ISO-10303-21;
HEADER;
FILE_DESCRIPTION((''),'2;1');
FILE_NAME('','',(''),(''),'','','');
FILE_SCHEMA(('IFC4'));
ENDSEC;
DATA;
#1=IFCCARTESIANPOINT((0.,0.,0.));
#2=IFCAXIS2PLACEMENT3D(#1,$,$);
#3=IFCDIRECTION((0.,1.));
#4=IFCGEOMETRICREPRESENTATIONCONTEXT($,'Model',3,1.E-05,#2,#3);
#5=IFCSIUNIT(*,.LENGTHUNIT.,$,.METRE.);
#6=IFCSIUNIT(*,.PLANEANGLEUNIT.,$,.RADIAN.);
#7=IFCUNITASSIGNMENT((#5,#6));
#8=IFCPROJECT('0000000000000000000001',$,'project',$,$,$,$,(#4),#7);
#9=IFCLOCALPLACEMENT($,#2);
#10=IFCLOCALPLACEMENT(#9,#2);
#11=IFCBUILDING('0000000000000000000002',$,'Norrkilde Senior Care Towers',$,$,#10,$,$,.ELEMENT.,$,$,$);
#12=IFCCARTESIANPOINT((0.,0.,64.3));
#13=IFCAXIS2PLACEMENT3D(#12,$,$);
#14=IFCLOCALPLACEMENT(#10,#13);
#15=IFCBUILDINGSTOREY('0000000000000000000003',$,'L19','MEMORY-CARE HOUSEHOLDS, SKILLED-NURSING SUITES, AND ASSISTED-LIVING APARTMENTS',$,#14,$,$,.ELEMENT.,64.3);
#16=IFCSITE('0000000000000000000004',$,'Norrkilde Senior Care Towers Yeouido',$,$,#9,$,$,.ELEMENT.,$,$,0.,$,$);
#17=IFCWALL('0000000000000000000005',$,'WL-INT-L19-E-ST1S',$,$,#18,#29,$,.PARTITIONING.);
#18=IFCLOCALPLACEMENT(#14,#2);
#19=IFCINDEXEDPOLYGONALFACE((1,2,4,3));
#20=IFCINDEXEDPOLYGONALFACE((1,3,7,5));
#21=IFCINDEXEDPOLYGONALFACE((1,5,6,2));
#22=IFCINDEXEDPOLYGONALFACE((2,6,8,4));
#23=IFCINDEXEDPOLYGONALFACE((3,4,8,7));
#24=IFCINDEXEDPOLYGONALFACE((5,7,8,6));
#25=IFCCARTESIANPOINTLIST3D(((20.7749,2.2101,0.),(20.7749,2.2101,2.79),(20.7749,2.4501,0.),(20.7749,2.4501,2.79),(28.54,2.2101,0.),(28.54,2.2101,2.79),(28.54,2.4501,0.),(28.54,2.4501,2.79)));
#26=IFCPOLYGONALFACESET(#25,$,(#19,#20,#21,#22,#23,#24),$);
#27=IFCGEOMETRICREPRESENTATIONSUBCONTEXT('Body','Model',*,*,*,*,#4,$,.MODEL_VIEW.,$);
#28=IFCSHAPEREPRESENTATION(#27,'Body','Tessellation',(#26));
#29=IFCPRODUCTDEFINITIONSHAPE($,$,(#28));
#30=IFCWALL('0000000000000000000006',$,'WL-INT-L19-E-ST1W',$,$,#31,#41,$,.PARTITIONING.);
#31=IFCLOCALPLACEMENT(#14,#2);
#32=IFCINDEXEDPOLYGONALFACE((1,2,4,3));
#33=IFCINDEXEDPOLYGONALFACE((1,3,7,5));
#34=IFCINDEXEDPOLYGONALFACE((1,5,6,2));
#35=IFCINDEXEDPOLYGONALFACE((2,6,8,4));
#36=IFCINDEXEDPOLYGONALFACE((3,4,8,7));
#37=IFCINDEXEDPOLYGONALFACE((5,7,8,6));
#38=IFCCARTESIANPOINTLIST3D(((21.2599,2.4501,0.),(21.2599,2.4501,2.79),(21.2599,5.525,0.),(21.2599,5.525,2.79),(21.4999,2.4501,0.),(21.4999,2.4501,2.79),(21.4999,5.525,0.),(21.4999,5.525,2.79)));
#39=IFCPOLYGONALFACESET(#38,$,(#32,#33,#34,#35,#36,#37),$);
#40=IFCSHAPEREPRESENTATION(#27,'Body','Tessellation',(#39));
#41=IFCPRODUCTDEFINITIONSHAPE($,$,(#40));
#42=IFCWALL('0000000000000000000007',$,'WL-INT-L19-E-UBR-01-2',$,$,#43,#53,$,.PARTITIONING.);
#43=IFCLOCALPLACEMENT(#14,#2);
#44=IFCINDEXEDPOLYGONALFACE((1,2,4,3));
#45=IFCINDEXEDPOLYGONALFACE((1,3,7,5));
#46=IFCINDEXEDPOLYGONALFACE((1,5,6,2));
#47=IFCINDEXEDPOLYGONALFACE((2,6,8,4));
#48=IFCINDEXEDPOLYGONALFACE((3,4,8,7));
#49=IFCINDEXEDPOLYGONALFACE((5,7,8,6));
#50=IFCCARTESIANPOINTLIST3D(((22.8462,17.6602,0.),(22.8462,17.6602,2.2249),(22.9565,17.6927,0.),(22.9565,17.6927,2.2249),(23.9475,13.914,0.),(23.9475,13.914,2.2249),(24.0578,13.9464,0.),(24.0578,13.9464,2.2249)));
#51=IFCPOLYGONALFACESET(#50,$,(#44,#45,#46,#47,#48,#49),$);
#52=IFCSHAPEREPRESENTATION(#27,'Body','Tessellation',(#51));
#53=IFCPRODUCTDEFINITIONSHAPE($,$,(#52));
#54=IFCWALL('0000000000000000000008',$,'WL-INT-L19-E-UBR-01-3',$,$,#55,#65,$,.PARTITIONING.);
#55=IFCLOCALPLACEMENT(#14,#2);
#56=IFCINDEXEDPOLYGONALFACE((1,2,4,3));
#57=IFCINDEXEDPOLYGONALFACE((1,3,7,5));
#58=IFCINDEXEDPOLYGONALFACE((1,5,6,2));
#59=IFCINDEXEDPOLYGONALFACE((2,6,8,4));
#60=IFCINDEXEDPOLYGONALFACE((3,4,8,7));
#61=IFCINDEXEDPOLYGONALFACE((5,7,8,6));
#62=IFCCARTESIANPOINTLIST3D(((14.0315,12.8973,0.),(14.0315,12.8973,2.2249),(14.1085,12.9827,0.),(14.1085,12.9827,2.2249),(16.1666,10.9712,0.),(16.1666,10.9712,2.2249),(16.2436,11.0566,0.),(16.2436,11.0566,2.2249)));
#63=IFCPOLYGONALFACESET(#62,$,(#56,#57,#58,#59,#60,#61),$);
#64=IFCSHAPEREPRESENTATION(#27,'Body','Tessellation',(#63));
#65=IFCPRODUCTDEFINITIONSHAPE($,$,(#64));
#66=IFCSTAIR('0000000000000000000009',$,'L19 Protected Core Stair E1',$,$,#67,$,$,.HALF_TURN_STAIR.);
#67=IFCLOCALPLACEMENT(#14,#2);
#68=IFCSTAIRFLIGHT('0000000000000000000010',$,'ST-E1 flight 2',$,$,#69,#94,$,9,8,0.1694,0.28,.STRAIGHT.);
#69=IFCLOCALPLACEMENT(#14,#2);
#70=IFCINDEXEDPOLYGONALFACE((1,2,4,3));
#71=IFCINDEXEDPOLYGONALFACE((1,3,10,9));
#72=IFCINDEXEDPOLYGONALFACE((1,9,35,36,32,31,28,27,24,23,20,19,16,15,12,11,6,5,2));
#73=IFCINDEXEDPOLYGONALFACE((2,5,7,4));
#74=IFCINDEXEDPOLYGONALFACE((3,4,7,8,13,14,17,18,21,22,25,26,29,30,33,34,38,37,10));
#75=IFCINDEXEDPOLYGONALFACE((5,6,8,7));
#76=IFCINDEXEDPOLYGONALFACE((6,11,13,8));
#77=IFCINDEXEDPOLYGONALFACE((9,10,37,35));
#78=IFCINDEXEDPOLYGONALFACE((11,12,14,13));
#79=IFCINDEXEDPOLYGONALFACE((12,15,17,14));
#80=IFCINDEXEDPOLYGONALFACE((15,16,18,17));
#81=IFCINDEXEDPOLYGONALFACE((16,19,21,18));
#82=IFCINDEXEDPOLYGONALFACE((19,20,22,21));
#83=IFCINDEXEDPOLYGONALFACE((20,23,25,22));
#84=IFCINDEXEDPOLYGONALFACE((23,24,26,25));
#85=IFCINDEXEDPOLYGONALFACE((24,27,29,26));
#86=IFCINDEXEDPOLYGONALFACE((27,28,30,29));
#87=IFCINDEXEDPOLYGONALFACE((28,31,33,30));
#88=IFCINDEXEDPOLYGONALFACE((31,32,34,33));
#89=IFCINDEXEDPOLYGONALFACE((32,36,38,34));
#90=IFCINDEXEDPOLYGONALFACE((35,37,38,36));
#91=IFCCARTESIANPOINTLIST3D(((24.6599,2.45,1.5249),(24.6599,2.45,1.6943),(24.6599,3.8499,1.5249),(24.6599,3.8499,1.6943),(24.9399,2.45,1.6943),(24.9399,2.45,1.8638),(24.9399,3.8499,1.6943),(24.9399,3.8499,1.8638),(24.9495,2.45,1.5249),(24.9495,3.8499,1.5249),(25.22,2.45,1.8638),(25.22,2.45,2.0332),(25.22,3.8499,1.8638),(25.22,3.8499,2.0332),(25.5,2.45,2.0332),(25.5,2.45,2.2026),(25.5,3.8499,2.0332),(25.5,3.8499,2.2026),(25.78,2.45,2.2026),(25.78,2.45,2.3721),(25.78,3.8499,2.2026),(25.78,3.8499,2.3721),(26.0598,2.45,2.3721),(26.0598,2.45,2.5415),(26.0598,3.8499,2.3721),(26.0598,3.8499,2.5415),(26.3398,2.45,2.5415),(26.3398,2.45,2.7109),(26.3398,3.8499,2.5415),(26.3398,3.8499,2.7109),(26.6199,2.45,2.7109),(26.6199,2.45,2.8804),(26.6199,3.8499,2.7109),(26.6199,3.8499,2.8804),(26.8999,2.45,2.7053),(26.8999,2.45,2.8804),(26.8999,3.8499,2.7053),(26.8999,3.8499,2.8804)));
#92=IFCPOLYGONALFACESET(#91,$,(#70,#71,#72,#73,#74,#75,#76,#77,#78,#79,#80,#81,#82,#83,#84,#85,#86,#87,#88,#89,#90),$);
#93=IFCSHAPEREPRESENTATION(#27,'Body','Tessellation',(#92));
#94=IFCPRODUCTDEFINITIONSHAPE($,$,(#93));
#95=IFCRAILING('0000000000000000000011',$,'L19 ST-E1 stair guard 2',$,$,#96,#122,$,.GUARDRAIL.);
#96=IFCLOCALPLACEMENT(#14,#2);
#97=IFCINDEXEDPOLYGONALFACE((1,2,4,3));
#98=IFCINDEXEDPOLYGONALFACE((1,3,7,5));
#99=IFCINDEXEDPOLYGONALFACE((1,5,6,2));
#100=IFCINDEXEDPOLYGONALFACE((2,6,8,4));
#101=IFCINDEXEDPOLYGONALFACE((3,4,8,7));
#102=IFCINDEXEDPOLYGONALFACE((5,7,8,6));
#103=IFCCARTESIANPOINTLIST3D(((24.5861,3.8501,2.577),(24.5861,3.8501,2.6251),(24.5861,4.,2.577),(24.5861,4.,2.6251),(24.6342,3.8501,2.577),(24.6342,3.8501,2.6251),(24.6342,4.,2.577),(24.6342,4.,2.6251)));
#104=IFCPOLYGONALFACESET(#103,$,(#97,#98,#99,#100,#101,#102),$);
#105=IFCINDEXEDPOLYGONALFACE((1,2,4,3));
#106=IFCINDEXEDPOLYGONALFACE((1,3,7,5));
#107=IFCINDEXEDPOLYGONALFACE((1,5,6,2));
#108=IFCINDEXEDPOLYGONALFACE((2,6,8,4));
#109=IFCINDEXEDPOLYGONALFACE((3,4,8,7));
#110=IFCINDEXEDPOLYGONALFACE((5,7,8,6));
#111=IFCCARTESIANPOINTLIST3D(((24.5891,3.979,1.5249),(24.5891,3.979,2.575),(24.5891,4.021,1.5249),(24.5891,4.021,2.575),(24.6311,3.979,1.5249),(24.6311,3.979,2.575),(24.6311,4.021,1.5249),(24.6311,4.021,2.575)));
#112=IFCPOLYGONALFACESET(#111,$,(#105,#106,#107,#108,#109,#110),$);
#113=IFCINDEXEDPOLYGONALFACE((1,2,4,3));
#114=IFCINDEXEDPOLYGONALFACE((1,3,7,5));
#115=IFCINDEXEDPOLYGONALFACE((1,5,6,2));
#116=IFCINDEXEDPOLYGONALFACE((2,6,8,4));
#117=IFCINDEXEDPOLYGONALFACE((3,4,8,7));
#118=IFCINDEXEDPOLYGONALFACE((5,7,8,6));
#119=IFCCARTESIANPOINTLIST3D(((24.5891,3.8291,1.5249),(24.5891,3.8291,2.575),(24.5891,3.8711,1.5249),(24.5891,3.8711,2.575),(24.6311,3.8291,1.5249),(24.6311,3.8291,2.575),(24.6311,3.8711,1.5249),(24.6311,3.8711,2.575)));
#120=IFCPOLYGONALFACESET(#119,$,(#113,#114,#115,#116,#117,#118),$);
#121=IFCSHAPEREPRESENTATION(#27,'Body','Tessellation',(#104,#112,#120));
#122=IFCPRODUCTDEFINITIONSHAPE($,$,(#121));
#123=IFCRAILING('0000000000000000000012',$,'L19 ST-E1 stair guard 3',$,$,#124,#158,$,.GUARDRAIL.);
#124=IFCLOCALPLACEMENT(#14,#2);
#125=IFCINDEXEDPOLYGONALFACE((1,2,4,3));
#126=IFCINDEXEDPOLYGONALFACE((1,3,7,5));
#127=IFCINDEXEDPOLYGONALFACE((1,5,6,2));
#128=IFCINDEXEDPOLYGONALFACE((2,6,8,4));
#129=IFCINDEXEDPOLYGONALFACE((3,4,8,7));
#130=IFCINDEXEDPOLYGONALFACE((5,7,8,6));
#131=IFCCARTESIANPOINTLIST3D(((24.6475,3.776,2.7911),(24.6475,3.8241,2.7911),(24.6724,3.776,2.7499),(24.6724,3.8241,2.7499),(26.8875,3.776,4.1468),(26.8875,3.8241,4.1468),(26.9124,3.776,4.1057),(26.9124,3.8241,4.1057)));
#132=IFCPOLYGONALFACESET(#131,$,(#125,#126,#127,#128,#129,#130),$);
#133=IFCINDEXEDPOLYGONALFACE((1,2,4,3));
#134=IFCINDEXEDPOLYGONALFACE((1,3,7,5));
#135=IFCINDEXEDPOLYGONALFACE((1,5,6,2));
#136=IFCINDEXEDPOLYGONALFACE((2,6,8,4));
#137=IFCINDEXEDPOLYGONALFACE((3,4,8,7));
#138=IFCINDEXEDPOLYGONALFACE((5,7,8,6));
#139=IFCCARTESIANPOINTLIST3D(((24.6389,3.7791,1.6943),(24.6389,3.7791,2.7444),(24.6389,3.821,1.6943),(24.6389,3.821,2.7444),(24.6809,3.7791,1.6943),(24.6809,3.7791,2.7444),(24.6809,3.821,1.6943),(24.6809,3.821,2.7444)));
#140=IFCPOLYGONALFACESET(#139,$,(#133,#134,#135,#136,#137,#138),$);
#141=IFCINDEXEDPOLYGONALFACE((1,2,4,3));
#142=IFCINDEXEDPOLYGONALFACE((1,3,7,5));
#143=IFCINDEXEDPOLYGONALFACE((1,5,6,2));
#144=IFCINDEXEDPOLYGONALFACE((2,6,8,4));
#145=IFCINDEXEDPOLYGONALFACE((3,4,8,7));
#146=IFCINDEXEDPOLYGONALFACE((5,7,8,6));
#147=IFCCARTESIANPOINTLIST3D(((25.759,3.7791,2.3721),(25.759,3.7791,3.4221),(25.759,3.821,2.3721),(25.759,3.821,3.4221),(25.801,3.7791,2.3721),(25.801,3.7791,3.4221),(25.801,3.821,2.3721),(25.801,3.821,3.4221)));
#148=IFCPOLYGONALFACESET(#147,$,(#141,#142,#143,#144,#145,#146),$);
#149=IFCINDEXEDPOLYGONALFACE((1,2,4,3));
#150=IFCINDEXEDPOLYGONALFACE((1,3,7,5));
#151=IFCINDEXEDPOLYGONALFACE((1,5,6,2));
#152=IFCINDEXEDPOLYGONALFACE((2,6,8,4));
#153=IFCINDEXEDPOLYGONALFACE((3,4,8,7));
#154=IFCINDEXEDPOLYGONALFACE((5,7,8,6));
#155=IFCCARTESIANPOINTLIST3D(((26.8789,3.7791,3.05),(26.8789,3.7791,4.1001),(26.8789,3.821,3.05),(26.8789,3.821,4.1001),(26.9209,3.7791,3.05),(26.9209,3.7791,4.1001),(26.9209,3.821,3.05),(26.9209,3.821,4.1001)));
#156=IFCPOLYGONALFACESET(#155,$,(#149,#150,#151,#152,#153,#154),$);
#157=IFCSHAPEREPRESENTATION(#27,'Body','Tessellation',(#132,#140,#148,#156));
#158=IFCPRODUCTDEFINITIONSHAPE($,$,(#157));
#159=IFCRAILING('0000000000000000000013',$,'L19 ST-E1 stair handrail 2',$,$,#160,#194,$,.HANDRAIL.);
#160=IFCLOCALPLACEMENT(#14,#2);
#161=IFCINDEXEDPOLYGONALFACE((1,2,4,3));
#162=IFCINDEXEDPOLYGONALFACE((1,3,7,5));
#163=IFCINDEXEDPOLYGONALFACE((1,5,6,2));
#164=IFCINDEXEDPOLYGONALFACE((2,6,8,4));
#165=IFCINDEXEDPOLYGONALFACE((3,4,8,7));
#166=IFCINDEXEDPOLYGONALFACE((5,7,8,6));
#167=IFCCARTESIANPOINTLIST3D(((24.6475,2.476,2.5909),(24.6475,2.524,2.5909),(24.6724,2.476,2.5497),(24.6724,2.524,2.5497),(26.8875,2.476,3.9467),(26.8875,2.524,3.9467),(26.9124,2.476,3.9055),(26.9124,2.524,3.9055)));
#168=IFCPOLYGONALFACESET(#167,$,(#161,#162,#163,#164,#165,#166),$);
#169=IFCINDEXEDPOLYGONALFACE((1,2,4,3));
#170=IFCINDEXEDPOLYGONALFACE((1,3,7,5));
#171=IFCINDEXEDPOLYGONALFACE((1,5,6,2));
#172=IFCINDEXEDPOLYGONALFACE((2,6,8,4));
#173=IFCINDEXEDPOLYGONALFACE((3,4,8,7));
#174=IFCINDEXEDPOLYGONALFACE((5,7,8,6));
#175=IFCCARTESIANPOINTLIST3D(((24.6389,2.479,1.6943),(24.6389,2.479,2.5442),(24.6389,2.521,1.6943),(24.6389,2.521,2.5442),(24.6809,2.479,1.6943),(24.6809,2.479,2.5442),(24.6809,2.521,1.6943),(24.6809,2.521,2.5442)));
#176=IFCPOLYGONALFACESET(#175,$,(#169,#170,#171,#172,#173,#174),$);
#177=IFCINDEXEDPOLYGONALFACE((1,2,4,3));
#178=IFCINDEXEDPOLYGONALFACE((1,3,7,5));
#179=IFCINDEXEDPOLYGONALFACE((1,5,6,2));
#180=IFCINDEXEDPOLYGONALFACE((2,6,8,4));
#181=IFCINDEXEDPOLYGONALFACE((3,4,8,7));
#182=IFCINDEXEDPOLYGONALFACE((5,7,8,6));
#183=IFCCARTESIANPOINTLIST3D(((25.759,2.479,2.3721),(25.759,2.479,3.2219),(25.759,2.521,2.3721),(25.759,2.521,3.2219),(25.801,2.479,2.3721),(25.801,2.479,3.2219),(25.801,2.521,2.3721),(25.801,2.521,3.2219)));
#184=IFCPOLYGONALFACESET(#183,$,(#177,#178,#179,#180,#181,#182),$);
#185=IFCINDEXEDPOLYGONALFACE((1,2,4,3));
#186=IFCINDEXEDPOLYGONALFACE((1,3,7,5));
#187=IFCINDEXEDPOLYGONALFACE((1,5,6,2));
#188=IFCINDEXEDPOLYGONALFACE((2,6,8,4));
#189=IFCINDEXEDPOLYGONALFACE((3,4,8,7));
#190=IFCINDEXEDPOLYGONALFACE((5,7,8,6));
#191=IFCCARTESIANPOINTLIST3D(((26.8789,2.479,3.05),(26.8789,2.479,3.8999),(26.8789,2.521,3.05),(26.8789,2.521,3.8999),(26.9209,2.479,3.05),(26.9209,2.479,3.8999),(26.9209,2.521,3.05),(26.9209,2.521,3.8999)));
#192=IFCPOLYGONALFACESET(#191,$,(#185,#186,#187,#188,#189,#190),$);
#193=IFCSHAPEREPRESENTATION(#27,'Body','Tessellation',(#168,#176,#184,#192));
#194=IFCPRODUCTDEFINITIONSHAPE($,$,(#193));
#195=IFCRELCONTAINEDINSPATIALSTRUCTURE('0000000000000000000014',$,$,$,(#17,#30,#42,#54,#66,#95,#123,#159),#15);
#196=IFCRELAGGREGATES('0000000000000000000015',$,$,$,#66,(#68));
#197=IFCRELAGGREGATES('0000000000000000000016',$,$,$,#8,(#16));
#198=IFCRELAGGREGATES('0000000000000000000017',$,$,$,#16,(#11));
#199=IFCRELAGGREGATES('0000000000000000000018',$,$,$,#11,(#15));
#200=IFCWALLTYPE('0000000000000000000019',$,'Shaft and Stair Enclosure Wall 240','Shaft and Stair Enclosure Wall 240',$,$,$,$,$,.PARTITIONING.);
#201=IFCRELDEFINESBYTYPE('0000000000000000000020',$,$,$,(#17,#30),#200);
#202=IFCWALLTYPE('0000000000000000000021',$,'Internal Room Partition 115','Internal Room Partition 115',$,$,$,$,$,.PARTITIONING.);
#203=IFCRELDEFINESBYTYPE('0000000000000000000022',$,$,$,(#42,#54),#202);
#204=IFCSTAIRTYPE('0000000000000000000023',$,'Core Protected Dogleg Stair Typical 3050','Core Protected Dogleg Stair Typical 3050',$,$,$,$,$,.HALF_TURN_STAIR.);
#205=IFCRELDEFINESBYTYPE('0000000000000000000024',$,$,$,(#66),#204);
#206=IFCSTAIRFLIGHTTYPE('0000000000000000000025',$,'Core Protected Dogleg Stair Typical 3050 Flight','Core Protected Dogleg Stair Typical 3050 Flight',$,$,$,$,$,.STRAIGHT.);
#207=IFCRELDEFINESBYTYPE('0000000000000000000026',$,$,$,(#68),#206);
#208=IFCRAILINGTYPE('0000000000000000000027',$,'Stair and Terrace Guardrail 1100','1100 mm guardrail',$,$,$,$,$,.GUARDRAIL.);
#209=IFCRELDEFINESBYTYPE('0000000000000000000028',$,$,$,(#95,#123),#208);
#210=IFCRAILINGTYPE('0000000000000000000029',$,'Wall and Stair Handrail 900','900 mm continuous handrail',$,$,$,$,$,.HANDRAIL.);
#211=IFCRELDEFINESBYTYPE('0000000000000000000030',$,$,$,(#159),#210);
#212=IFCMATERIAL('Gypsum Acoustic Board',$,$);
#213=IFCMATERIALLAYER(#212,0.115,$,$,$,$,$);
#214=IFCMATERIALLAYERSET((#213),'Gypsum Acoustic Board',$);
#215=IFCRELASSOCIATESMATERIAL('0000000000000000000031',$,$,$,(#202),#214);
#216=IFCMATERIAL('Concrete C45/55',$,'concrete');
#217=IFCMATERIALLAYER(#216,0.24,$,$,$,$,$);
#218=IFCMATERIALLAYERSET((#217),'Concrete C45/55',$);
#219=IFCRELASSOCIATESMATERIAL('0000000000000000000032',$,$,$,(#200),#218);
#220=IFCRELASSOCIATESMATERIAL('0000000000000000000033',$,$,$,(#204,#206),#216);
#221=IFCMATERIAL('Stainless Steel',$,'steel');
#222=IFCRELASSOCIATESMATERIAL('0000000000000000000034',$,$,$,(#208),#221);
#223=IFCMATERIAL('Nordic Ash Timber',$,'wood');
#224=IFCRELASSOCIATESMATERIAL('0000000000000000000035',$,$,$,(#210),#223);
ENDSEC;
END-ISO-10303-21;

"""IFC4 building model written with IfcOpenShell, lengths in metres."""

from ifc_helpers import new_model, si_unit, direction, frame, frame_2d, origin, origin_2d, place, context, subcontext, project, spatial, polyline, rectangle, outline, extrude, source, transform, mapped, material, layer, layer_set, type_object, type_shapes, element, aggregate, save


model = new_model("IFC4")

# Units and contexts
model_context = context("Model", 3, precision=1e-05, world=origin(), true_north=direction((0.0, 1.0)))
body_context = subcontext(model_context, "Body", "Model", "MODEL_VIEW")
ifc_project = project(units=[si_unit("LENGTHUNIT", "METRE"), si_unit("PLANEANGLEUNIT", "RADIAN")], contexts=[model_context])

# Site, building, storey
site_placement = place(None, origin())
site = spatial("IfcSite", under=ifc_project, at=site_placement, Name="Norrkilde Senior Care Towers Yeouido", CompositionType="ELEMENT", RefElevation=0.0)
building_placement = place(site_placement, origin())
building = spatial("IfcBuilding", under=site, at=building_placement, Name="Norrkilde Senior Care Towers", CompositionType="ELEMENT")
storey_placement = place(building_placement, frame((0.0, 0.0, 64.3)))
storey = spatial("IfcBuildingStorey", under=building, at=storey_placement, Name="L19", Description="MEMORY-CARE HOUSEHOLDS, SKILLED-NURSING SUITES, AND ASSISTED-LIVING APARTMENTS", CompositionType="ELEMENT", Elevation=64.3)

# Shared definitions
ifc_material_1 = material(Name="Gypsum Acoustic Board")
ifc_material_2 = material(Name="Nordic Ash Timber", Category="wood")

# Shared definitions
ifc_layer_1 = layer(ifc_material_1, 0.115)
ifc_layer_set_1 = layer_set([ifc_layer_1], Name="Gypsum Acoustic Board")
wall_type_1 = type_object("IfcWallType", Name="Internal Room Partition 115", Description="Internal Room Partition 115", PredefinedType="PARTITIONING", material=ifc_layer_set_1)

# Walls
ifc_material_3 = material(Name="Concrete C45/55", Category="concrete")
ifc_layer_2 = layer(ifc_material_3, 0.24)
ifc_layer_set_2 = layer_set([ifc_layer_2], Name="Concrete C45/55")
wall_type_2 = type_object("IfcWallType", Name="Shaft and Stair Enclosure Wall 240", Description="Shaft and Stair Enclosure Wall 240", PredefinedType="PARTITIONING", material=ifc_layer_set_2)
shared_shape_1 = source(origin(), body_context, "Body", "SweptSolid", [
    extrude(rectangle(XDim=7.7651, YDim=0.24, at=frame_2d((3.8826, 0.0))), origin(), (0.0, 0.0, 1.0), 2.79),
])
wall_1_placement = place(storey_placement, frame((20.7749, 2.3301, 0.0), z_axis=(0.0, 0.0, 1.0), x_axis=(1.0, 0.0, 0.0)))
element("IfcWall", 1, at=wall_1_placement, inside=storey, type_object=wall_type_2, Name="WL-INT-L19-E-ST1S", PredefinedType="PARTITIONING", context=body_context, shape_type="MappedRepresentation", body=[
    mapped(shared_shape_1, transform((0.0, 0.0, 0.0), x_axis=(1.0, 0.0, 0.0), y_axis=(0.0, 1.0, 0.0), z_axis=(0.0, 0.0, 1.0), scale=1.0)),
])
shared_shape_2 = source(origin(), body_context, "Body", "SweptSolid", [
    extrude(rectangle(XDim=3.075, YDim=0.24, at=frame_2d((1.5376, 0.0))), origin(), (0.0, 0.0, 1.0), 2.79),
])
type_shapes(wall_type_2, [shared_shape_1, shared_shape_2])
wall_2_placement = place(storey_placement, frame((21.3799, 2.45, 0.0), z_axis=(0.0, 0.0, 1.0), x_axis=(0.0, 1.0, 0.0)))
element("IfcWall", 2, at=wall_2_placement, inside=storey, type_object=wall_type_2, Name="WL-INT-L19-E-ST1W", PredefinedType="PARTITIONING", context=body_context, shape_type="MappedRepresentation", body=[
    mapped(shared_shape_2, transform((0.0, 0.0, 0.0), x_axis=(1.0, 0.0, 0.0), y_axis=(0.0, 1.0, 0.0), z_axis=(0.0, 0.0, 1.0), scale=1.0)),
])
shared_shape_3 = source(origin(), body_context, "Body", "SweptSolid", [
    extrude(rectangle(XDim=3.9048, YDim=0.115, at=frame_2d((1.9524, 0.0))), origin(), (0.0, 0.0, 1.0), 2.2249),
])
wall_3_placement = place(storey_placement, frame((24.0027, 13.9302, 0.0), z_axis=(0.0, 0.0, 1.0), x_axis=(-0.282038, 0.959403, 0.0)))
element("IfcWall", 3, at=wall_3_placement, inside=storey, type_object=wall_type_1, Name="WL-INT-L19-E-UBR-01-2", PredefinedType="PARTITIONING", context=body_context, shape_type="MappedRepresentation", body=[
    mapped(shared_shape_3, transform((0.0, 0.0, 0.0), x_axis=(1.0, 0.0, 0.0), y_axis=(0.0, 1.0, 0.0), z_axis=(0.0, 0.0, 1.0), scale=1.0)),
])
shared_shape_4 = source(origin(), body_context, "Body", "SweptSolid", [
    extrude(rectangle(XDim=2.8755, YDim=0.115, at=frame_2d((1.4377, 0.0))), origin(), (0.0, 0.0, 1.0), 2.2249),
])
wall_4_placement = place(storey_placement, frame((16.2051, 11.0139, 0.0), z_axis=(0.0, 0.0, 1.0), x_axis=(-0.742513, 0.669832, 0.0)))
element("IfcWall", 4, at=wall_4_placement, inside=storey, type_object=wall_type_1, Name="WL-INT-L19-E-UBR-01-3", PredefinedType="PARTITIONING", context=body_context, shape_type="MappedRepresentation", body=[
    mapped(shared_shape_4, transform((0.0, 0.0, 0.0), x_axis=(1.0, 0.0, 0.0), y_axis=(0.0, 1.0, 0.0), z_axis=(0.0, 0.0, 1.0), scale=1.0)),
])

# Stair, stair flight
stair_type = type_object("IfcStairType", Name="Core Protected Dogleg Stair Typical 3050", Description="Core Protected Dogleg Stair Typical 3050", PredefinedType="HALF_TURN_STAIR", material=ifc_material_3)
stair_placement = place(storey_placement, origin())
stair = element("IfcStair", 5, at=stair_placement, inside=storey, type_object=stair_type, Name="L19 Protected Core Stair E1", PredefinedType="HALF_TURN_STAIR")
stair_flight_type = type_object("IfcStairFlightType", Name="Core Protected Dogleg Stair Typical 3050 Flight", Description="Core Protected Dogleg Stair Typical 3050 Flight", PredefinedType="STRAIGHT", material=ifc_material_3)
stair_flight_placement = place(storey_placement, frame((24.6599, 3.1499, 1.5249), z_axis=(0.0, 0.0, 1.0), x_axis=(1.0, 0.0, 0.0)))
stair_flight = element("IfcStairFlight", 6, at=stair_flight_placement, type_object=stair_flight_type, Name="ST-E1 flight 2", NumberOfRisers=9, NumberOfTreads=8, PredefinedType="STRAIGHT", RiserHeight=0.1694, TreadLength=0.28, context=body_context, shape_type="SweptSolid", body=[
    extrude(outline(polyline([(0.0, 0.0), (0.0, 0.1694), (0.28, 0.1694), (0.28, 0.3389), (0.5601, 0.3389), (0.5601, 0.5083), (0.8401, 0.5083), (0.8401, 0.6777), (1.1201, 0.6777), (1.1201, 0.8472), (1.3999, 0.8472), (1.3999, 1.0166), (1.6799, 1.0166), (1.6799, 1.186), (1.96, 1.186), (1.96, 1.3555), (2.24, 1.3555), (2.24, 1.5249), (2.24, 1.1804), (0.2896, 0.0), (0.0, 0.0)])), frame((0.0, 0.7, 0.0), z_axis=(0.0, -1.0, 0.0), x_axis=(1.0, 0.0, 0.0)), (0.0, 0.0, 1.0), 1.3999),
])
aggregate(stair, [stair_flight])

# Railings
ifc_material_4 = material(Name="Stainless Steel", Category="steel")
railing_type_1 = type_object("IfcRailingType", Name="Stair and Terrace Guardrail 1100", Description="1100 mm guardrail", PredefinedType="GUARDRAIL", material=ifc_material_4)
railing_1_placement = place(storey_placement, frame((24.6101, 4.0, 1.5249)))
element("IfcRailing", 7, at=railing_1_placement, inside=storey, type_object=railing_type_1, Name="L19 ST-E1 stair guard 2", PredefinedType="GUARDRAIL", context=body_context, shape_type="SweptSolid", body=[
    extrude(rectangle(XDim=0.0481, YDim=0.0481, at=origin_2d()), frame((0.0, 0.0, 1.0762), z_axis=(0.0, -1.0, 0.0), x_axis=(1.0, 0.0, 0.0)), (0.0, 0.0, 1.0), 0.1499),
    extrude(rectangle(XDim=0.042, YDim=0.042, at=origin_2d()), origin(), (0.0, 0.0, 1.0), 1.05),
    extrude(rectangle(XDim=0.042, YDim=0.042, at=origin_2d()), frame((0.0, -0.1499, 0.0)), (0.0, 0.0, 1.0), 1.05),
])
railing_2_placement = place(storey_placement, frame((24.6599, 3.8, 1.6943)))
element("IfcRailing", 8, at=railing_2_placement, inside=storey, type_object=railing_type_1, Name="L19 ST-E1 stair guard 3", PredefinedType="GUARDRAIL", context=body_context, shape_type="SweptSolid", body=[
    extrude(rectangle(XDim=0.0481, YDim=0.0481, at=origin_2d()), frame((0.0, 0.0, 1.0762), z_axis=(0.855512, 0.0, 0.517783), x_axis=(0.0, 1.0, 0.0)), (0.0, 0.0, 1.0), 2.6184),
    extrude(rectangle(XDim=0.042, YDim=0.042, at=origin_2d()), origin(), (0.0, 0.0, 1.0), 1.05),
    extrude(rectangle(XDim=0.042, YDim=0.042, at=origin_2d()), frame((1.1201, 0.0, 0.6777)), (0.0, 0.0, 1.0), 1.05),
    extrude(rectangle(XDim=0.042, YDim=0.042, at=origin_2d()), frame((2.24, 0.0, 1.3557)), (0.0, 0.0, 1.0), 1.05),
])
railing_type_2 = type_object("IfcRailingType", Name="Wall and Stair Handrail 900", Description="900 mm continuous handrail", PredefinedType="HANDRAIL", material=ifc_material_2)
railing_3_placement = place(storey_placement, frame((24.6599, 2.5, 1.6943)))
element("IfcRailing", 9, at=railing_3_placement, inside=storey, type_object=railing_type_2, Name="L19 ST-E1 stair handrail 2", PredefinedType="HANDRAIL", context=body_context, shape_type="SweptSolid", body=[
    extrude(rectangle(XDim=0.0481, YDim=0.0481, at=origin_2d()), frame((0.0, 0.0, 0.876), z_axis=(0.855512, 0.0, 0.517783), x_axis=(0.0, 1.0, 0.0)), (0.0, 0.0, 1.0), 2.6184),
    extrude(rectangle(XDim=0.042, YDim=0.042, at=origin_2d()), origin(), (0.0, 0.0, 1.0), 0.8499),
    extrude(rectangle(XDim=0.042, YDim=0.042, at=origin_2d()), frame((1.1201, 0.0, 0.6777)), (0.0, 0.0, 1.0), 0.8499),
    extrude(rectangle(XDim=0.042, YDim=0.042, at=origin_2d()), frame((2.24, 0.0, 1.3557)), (0.0, 0.0, 1.0), 0.8499),
])

save(model, "model.ifc")
